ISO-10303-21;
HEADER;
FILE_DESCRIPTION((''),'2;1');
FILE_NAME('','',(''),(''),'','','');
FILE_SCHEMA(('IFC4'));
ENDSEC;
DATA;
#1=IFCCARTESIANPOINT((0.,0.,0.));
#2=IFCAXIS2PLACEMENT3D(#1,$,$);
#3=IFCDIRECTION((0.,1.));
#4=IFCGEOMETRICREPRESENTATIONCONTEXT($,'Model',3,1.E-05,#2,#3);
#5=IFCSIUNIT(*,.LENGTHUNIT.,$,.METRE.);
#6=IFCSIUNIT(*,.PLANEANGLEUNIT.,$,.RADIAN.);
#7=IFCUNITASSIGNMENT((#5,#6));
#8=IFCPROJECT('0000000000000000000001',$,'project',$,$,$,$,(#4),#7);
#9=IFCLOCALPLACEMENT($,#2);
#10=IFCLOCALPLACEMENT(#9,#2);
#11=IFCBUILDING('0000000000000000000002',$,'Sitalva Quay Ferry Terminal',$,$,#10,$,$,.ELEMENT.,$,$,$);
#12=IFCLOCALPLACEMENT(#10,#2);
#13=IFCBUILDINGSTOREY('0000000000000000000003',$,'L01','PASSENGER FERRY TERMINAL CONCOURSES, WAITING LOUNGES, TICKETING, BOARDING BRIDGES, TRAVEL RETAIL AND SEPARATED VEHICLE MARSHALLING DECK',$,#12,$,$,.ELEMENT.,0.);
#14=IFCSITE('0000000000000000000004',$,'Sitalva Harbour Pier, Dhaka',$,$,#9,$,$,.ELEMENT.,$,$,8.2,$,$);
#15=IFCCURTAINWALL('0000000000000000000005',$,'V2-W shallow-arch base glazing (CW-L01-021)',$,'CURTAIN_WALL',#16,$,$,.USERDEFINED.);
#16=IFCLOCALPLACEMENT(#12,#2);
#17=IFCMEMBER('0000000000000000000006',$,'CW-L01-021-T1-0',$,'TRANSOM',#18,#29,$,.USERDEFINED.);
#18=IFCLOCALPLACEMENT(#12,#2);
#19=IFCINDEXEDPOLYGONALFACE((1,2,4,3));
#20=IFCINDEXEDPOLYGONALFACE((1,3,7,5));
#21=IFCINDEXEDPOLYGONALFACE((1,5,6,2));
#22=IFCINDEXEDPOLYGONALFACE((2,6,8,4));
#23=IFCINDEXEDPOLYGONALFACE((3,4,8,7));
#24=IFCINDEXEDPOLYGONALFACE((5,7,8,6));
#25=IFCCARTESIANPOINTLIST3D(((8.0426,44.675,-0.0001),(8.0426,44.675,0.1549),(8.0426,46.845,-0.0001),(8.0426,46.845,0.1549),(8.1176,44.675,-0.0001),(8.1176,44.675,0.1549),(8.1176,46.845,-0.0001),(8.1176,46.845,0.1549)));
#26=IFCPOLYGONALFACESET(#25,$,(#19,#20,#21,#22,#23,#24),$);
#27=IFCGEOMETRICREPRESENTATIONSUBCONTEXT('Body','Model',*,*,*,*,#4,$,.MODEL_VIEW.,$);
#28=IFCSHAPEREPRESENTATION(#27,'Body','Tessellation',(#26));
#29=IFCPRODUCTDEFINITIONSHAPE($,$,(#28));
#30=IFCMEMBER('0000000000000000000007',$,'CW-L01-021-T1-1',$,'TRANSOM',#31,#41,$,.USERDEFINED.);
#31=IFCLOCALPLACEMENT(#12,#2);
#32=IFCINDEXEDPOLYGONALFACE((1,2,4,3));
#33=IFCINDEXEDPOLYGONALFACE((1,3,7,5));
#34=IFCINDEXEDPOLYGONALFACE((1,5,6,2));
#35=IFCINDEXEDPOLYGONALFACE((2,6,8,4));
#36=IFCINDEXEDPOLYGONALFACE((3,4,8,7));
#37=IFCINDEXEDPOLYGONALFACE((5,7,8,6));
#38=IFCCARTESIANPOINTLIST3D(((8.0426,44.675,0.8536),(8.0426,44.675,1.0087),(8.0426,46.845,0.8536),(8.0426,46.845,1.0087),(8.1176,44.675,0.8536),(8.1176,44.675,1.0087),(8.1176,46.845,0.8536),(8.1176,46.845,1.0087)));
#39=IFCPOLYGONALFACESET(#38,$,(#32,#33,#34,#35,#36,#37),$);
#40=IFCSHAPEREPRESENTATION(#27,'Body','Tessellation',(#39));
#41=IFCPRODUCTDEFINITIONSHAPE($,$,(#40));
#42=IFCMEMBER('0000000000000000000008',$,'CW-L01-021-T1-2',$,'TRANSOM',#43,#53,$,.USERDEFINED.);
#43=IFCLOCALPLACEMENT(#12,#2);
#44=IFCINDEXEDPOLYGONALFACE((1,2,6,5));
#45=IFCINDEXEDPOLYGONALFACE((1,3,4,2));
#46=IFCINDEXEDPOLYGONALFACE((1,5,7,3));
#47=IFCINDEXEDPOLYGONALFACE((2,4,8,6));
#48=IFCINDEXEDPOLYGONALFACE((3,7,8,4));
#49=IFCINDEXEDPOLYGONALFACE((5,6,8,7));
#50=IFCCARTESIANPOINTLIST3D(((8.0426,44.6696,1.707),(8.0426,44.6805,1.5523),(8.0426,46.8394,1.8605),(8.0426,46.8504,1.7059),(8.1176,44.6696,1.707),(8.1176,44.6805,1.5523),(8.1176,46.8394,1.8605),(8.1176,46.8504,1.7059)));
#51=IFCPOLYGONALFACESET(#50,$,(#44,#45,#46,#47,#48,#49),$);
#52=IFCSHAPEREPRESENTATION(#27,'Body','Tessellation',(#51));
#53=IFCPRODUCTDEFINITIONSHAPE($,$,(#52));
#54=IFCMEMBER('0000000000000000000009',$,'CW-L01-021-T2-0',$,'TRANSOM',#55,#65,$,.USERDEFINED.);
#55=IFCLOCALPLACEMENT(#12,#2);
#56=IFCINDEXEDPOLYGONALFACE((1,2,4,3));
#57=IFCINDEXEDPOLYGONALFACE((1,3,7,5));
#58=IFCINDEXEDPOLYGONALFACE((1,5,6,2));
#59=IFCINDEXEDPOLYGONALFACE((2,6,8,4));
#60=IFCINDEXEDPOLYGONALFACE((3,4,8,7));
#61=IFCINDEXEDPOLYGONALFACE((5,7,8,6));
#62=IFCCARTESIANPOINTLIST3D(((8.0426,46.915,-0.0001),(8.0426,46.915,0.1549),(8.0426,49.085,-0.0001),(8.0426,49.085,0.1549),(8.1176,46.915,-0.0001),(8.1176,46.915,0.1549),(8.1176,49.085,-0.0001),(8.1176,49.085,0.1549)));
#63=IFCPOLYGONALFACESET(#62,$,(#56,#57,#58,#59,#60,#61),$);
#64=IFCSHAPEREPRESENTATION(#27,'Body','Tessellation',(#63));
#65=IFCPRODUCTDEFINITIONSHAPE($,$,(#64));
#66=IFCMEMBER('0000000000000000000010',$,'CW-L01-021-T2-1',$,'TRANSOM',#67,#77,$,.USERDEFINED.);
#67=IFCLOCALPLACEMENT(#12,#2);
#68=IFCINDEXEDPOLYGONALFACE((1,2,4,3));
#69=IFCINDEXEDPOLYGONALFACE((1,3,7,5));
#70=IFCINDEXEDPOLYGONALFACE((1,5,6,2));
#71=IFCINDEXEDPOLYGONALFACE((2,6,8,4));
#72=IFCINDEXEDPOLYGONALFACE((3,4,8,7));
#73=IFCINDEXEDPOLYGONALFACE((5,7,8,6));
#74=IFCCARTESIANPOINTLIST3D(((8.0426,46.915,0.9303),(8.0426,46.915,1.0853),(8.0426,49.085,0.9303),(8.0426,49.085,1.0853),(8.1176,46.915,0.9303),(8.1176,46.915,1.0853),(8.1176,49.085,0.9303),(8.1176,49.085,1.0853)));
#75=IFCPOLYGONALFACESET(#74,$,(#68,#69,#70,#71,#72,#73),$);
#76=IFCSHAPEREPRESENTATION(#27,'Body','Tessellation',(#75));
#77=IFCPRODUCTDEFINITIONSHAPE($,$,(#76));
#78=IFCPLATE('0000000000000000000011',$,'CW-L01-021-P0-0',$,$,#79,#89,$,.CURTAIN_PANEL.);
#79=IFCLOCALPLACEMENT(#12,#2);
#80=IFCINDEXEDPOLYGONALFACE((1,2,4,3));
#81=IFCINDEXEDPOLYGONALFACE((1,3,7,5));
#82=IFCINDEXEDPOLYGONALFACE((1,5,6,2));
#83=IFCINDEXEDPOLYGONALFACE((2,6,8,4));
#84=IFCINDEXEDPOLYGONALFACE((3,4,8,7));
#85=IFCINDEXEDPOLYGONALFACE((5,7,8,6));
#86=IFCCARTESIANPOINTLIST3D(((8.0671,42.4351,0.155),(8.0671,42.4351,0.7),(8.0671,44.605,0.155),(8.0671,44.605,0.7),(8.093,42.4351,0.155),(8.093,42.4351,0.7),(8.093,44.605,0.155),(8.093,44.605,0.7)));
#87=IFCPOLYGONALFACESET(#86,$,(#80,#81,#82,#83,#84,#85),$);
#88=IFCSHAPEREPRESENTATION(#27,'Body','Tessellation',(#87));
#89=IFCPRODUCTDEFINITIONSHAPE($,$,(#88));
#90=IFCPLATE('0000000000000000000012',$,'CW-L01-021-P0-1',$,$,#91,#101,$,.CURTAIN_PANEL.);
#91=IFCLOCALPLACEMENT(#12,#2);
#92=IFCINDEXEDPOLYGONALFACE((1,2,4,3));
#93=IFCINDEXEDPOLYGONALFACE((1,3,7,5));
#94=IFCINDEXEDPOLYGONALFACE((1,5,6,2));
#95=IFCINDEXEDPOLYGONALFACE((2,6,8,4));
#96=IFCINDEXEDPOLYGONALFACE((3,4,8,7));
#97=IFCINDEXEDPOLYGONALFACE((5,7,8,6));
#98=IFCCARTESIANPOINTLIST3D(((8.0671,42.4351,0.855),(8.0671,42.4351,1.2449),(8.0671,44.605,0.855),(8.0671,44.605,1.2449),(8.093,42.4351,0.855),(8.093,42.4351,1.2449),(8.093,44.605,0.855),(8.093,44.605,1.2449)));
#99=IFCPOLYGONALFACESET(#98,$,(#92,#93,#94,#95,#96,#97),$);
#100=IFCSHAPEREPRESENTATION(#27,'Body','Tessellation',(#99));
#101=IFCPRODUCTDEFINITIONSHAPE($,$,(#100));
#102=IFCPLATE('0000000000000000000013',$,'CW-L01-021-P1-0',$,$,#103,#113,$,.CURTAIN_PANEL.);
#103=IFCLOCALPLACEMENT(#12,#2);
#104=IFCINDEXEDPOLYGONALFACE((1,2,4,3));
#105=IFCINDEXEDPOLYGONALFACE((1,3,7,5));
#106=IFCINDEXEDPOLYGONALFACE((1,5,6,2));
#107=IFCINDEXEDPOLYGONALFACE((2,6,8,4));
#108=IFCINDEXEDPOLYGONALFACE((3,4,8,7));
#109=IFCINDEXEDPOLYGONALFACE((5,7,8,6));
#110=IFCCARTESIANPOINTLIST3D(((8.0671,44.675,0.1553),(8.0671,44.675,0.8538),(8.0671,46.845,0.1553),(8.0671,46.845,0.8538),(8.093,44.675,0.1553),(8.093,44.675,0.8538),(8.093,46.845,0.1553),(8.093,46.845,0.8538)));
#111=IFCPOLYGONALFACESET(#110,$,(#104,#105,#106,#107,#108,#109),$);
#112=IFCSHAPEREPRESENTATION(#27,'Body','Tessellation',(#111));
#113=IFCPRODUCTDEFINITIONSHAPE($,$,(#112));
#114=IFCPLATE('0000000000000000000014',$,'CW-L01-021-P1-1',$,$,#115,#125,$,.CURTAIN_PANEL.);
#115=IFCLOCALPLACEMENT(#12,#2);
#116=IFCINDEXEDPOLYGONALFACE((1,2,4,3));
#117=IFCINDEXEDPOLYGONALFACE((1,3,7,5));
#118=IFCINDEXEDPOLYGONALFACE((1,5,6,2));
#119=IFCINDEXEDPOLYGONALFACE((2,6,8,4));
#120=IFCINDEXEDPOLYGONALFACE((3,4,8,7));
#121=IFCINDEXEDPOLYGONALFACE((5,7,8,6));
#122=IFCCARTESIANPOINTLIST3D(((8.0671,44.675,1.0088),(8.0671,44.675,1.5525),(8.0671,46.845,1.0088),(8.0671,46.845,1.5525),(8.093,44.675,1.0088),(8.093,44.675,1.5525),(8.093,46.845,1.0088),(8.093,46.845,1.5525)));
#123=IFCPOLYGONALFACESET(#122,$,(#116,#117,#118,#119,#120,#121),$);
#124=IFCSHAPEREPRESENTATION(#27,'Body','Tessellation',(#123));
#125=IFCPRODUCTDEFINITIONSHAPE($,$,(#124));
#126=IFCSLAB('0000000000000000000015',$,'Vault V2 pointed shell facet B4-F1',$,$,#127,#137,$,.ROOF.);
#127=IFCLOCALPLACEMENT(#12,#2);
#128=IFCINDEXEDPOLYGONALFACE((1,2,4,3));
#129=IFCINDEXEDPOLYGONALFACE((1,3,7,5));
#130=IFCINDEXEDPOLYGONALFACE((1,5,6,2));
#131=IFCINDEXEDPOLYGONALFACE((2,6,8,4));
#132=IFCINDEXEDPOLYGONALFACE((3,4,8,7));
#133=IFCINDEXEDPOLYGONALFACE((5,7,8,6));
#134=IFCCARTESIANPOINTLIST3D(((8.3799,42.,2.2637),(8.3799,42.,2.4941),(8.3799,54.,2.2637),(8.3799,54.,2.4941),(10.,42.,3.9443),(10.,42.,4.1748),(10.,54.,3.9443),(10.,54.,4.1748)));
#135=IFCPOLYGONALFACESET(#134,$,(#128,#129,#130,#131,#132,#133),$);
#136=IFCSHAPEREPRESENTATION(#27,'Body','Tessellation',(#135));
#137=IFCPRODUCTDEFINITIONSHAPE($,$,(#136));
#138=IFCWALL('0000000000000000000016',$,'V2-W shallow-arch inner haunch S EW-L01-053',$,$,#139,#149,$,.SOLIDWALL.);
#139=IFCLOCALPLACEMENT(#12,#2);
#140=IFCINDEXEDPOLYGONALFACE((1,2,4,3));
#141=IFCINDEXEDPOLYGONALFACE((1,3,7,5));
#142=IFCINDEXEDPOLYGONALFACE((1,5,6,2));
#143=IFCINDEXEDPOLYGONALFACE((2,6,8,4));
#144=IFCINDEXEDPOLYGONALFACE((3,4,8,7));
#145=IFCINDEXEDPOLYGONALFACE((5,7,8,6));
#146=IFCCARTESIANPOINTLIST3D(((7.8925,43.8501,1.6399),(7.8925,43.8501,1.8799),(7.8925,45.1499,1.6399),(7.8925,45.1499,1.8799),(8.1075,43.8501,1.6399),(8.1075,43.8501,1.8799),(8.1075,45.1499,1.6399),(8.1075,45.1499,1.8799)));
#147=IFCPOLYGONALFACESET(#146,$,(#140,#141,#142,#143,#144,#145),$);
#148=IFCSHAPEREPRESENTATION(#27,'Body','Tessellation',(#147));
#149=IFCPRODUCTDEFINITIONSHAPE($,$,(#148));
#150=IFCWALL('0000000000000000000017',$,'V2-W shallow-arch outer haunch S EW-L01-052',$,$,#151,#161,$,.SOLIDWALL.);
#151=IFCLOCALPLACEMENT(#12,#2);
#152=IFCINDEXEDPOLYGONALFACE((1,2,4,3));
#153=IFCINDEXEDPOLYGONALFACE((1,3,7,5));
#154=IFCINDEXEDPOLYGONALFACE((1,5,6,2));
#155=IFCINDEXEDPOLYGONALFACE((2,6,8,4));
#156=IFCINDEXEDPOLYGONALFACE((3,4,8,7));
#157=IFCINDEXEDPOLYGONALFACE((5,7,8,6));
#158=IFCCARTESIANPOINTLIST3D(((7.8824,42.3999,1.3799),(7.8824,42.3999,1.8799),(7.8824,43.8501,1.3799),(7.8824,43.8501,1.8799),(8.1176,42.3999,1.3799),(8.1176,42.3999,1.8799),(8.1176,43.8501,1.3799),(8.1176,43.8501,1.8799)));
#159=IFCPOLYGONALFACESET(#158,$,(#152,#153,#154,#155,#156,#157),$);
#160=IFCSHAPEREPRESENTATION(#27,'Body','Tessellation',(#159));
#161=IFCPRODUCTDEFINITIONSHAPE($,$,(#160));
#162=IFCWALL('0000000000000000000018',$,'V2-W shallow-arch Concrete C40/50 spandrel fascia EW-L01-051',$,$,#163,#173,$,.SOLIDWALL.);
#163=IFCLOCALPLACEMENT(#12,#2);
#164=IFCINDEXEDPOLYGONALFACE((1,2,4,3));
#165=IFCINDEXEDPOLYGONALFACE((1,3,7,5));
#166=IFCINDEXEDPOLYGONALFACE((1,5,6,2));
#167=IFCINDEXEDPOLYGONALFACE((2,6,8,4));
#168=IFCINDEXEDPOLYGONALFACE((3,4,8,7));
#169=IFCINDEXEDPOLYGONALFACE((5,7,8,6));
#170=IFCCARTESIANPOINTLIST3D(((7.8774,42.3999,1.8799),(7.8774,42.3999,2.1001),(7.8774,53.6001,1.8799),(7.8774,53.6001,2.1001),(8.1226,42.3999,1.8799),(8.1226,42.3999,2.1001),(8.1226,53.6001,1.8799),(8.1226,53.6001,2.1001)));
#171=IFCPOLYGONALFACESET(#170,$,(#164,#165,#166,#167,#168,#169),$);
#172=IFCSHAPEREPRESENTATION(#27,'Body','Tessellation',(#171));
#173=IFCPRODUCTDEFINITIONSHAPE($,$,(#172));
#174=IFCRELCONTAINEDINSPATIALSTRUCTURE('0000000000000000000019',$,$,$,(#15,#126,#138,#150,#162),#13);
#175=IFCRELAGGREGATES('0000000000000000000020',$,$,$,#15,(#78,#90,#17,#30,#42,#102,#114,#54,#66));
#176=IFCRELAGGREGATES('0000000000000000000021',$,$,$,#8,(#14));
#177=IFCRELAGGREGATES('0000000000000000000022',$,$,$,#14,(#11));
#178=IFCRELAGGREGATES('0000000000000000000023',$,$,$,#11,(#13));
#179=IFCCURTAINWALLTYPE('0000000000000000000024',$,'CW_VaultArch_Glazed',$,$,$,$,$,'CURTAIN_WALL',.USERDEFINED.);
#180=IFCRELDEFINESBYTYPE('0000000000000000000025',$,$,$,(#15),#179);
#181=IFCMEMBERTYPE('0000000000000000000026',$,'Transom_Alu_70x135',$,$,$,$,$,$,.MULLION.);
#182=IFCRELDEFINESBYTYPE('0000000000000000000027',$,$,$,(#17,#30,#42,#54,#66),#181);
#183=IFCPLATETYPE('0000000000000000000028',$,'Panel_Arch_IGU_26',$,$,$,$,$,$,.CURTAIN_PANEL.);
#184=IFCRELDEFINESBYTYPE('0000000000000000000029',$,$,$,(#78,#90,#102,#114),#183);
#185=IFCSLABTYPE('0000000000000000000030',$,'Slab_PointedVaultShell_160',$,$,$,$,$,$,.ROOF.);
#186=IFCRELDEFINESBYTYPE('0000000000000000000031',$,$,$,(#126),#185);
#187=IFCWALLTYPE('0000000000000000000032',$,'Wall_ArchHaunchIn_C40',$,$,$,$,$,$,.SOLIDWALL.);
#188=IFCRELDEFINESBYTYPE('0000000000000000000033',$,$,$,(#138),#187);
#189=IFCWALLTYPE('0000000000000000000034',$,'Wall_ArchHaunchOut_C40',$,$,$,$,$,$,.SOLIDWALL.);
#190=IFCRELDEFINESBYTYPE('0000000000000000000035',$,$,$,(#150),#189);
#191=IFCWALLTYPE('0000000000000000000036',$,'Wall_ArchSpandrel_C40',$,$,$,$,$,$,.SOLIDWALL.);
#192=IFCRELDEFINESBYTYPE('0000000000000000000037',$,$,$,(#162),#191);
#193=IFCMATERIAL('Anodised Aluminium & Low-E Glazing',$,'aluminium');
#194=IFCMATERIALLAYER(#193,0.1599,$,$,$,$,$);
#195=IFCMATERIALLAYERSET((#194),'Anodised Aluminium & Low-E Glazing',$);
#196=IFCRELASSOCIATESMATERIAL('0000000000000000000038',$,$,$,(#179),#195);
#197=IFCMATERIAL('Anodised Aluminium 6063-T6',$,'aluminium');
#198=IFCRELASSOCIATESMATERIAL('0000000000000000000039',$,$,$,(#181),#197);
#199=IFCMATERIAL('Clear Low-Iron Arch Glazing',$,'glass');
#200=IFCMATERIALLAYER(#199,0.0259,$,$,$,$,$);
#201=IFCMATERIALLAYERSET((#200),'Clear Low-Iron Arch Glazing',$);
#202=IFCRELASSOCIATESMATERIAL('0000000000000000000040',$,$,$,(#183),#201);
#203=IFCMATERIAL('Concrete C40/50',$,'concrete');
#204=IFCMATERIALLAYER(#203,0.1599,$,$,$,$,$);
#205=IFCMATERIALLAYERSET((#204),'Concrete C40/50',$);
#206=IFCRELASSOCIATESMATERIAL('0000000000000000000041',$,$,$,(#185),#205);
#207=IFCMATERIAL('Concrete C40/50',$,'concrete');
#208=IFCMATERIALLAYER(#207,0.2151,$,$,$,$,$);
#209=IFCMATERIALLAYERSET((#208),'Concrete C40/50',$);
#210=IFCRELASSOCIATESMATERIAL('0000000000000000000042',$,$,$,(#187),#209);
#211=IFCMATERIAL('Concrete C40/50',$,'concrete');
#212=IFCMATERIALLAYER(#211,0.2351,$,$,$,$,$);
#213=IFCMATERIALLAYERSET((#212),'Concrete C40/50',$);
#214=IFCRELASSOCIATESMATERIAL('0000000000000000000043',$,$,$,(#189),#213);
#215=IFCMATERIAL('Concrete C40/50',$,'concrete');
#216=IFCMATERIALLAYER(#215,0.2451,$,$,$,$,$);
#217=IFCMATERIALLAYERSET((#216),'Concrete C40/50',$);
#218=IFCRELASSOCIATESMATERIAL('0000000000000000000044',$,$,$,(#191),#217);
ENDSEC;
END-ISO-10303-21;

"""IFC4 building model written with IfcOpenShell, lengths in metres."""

from ifc_helpers import new_model, si_unit, direction, frame, frame_2d, origin, origin_2d, place, context, subcontext, project, spatial, polyline, rectangle, outline, extrude, material, layer, layer_set, material_profile, profile_set, type_object, element, aggregate, save


model = new_model("IFC4")

# Units and contexts
model_context = context("Model", 3, precision=1e-05, world=origin(), true_north=direction((0.0, 1.0)))
body_context = subcontext(model_context, "Body", "Model", "MODEL_VIEW")
ifc_project = project(units=[si_unit("LENGTHUNIT", "METRE"), si_unit("PLANEANGLEUNIT", "RADIAN")], contexts=[model_context])

# Site, building, storey
site_placement = place(None, origin())
site = spatial("IfcSite", under=ifc_project, at=site_placement, Name="Sitalva Harbour Pier, Dhaka", CompositionType="ELEMENT", RefElevation=8.2)
building_placement = place(site_placement, origin())
building = spatial("IfcBuilding", under=site, at=building_placement, Name="Sitalva Quay Ferry Terminal", CompositionType="ELEMENT")
storey_placement = place(building_placement, origin())
storey = spatial("IfcBuildingStorey", under=building, at=storey_placement, Name="L01", Description="PASSENGER FERRY TERMINAL CONCOURSES, WAITING LOUNGES, TICKETING, BOARDING BRIDGES, TRAVEL RETAIL AND SEPARATED VEHICLE MARSHALLING DECK", CompositionType="ELEMENT", Elevation=0.0)

# Curtain wall, members, plates
ifc_material_1 = material(Name="Anodised Aluminium & Low-E Glazing", Category="aluminium")
ifc_layer_1 = layer(ifc_material_1, 0.1599)
ifc_layer_set_1 = layer_set([ifc_layer_1], Name="Anodised Aluminium & Low-E Glazing")
curtain_wall_type = type_object("IfcCurtainWallType", Name="CW_VaultArch_Glazed", ElementType="CURTAIN_WALL", PredefinedType="USERDEFINED", material=ifc_layer_set_1)
curtain_wall_placement = place(storey_placement, origin())
curtain_wall = element("IfcCurtainWall", 1, at=curtain_wall_placement, inside=storey, type_object=curtain_wall_type, Name="V2-W shallow-arch base glazing (CW-L01-021)", ObjectType="CURTAIN_WALL", PredefinedType="USERDEFINED")
ifc_material_2 = material(Name="Anodised Aluminium 6063-T6", Category="aluminium")
ifc_material_profile_1 = material_profile(ifc_material_2, rectangle(XDim=0.075, YDim=0.155, at=origin_2d()), Name="ALU75x155")
ifc_profile_set_1 = profile_set([ifc_material_profile_1], Name="Anodised Aluminium 6063-T6")
member_type_1 = type_object("IfcMemberType", Name="Transom_Alu_70x135", PredefinedType="MULLION", material=ifc_profile_set_1)
member_1_placement = place(storey_placement, frame((8.0801, 44.675, 0.0774), z_axis=(0.0, 1.0, 0.0), x_axis=(-1.0, 0.0, 0.0)))
member_1 = element("IfcMember", 2, at=member_1_placement, type_object=member_type_1, Name="CW-L01-021-T1-0", ObjectType="TRANSOM", PredefinedType="USERDEFINED", context=body_context, shape_type="SweptSolid", body=[
    extrude(rectangle(XDim=0.075, YDim=0.155, at=origin_2d()), origin(), (0.0, 0.0, 1.0), 2.1699),
])
member_2_placement = place(storey_placement, frame((8.0801, 44.675, 0.9312), z_axis=(0.0, 1.0, 0.0), x_axis=(-1.0, 0.0, 0.0)))
member_2 = element("IfcMember", 3, at=member_2_placement, type_object=member_type_1, Name="CW-L01-021-T1-1", ObjectType="TRANSOM", PredefinedType="USERDEFINED", context=body_context, shape_type="SweptSolid", body=[
    extrude(rectangle(XDim=0.075, YDim=0.155, at=origin_2d()), origin(), (0.0, 0.0, 1.0), 2.1699),
])
member_3_placement = place(storey_placement, frame((8.0801, 44.675, 1.6296), z_axis=(0.0, 0.997505, 0.070593), x_axis=(-1.0, 0.0, 0.0)))
member_3 = element("IfcMember", 4, at=member_3_placement, type_object=member_type_1, Name="CW-L01-021-T1-2", ObjectType="TRANSOM", PredefinedType="USERDEFINED", context=body_context, shape_type="SweptSolid", body=[
    extrude(rectangle(XDim=0.075, YDim=0.155, at=origin_2d()), origin(), (0.0, 0.0, 1.0), 2.1753),
])
member_4_placement = place(storey_placement, frame((8.0801, 46.915, 0.0774), z_axis=(0.0, 1.0, 0.0), x_axis=(-1.0, 0.0, 0.0)))
member_4 = element("IfcMember", 5, at=member_4_placement, type_object=member_type_1, Name="CW-L01-021-T2-0", ObjectType="TRANSOM", PredefinedType="USERDEFINED", context=body_context, shape_type="SweptSolid", body=[
    extrude(rectangle(XDim=0.075, YDim=0.155, at=origin_2d()), origin(), (0.0, 0.0, 1.0), 2.1699),
])
member_5_placement = place(storey_placement, frame((8.0801, 46.915, 1.0078), z_axis=(0.0, 1.0, 0.0), x_axis=(-1.0, 0.0, 0.0)))
member_5 = element("IfcMember", 6, at=member_5_placement, type_object=member_type_1, Name="CW-L01-021-T2-1", ObjectType="TRANSOM", PredefinedType="USERDEFINED", context=body_context, shape_type="SweptSolid", body=[
    extrude(rectangle(XDim=0.075, YDim=0.155, at=origin_2d()), origin(), (0.0, 0.0, 1.0), 2.1699),
])
ifc_material_3 = material(Name="Clear Low-Iron Arch Glazing", Category="glass")
ifc_layer_2 = layer(ifc_material_3, 0.0259)
ifc_layer_set_2 = layer_set([ifc_layer_2], Name="Clear Low-Iron Arch Glazing")
plate_type = type_object("IfcPlateType", Name="Panel_Arch_IGU_26", PredefinedType="CURTAIN_PANEL", material=ifc_layer_set_2)
plate_1_placement = place(storey_placement, frame((8.0801, 43.52, 0.155), z_axis=(0.0, 0.0, 1.0), x_axis=(0.0, 1.0, 0.0)))
plate_1 = element("IfcPlate", 7, at=plate_1_placement, type_object=plate_type, Name="CW-L01-021-P0-0", PredefinedType="CURTAIN_PANEL", context=body_context, shape_type="SweptSolid", body=[
    extrude(rectangle(XDim=2.1699, YDim=0.0259, at=origin_2d()), origin(), (0.0, 0.0, 1.0), 0.5449),
])
plate_2_placement = place(storey_placement, frame((8.0801, 43.52, 0.855), z_axis=(0.0, 0.0, 1.0), x_axis=(0.0, 1.0, 0.0)))
plate_2 = element("IfcPlate", 8, at=plate_2_placement, type_object=plate_type, Name="CW-L01-021-P0-1", PredefinedType="CURTAIN_PANEL", context=body_context, shape_type="SweptSolid", body=[
    extrude(rectangle(XDim=2.1699, YDim=0.0259, at=origin_2d()), origin(), (0.0, 0.0, 1.0), 0.3899),
])
plate_3_placement = place(storey_placement, frame((8.0801, 45.76, 0.1553), z_axis=(0.0, 0.0, 1.0), x_axis=(0.0, 1.0, 0.0)))
plate_3 = element("IfcPlate", 9, at=plate_3_placement, type_object=plate_type, Name="CW-L01-021-P1-0", PredefinedType="CURTAIN_PANEL", context=body_context, shape_type="SweptSolid", body=[
    extrude(rectangle(XDim=2.1699, YDim=0.0259, at=origin_2d()), origin(), (0.0, 0.0, 1.0), 0.6985),
])
plate_4_placement = place(storey_placement, frame((8.0801, 45.76, 1.0088), z_axis=(0.0, 0.0, 1.0), x_axis=(0.0, 1.0, 0.0)))
plate_4 = element("IfcPlate", 10, at=plate_4_placement, type_object=plate_type, Name="CW-L01-021-P1-1", PredefinedType="CURTAIN_PANEL", context=body_context, shape_type="SweptSolid", body=[
    extrude(rectangle(XDim=2.1699, YDim=0.0259, at=origin_2d()), origin(), (0.0, 0.0, 1.0), 0.5437),
])
aggregate(curtain_wall, [plate_1, plate_2, member_1, member_2, member_3, plate_3, plate_4, member_4, member_5])

# Slab
ifc_material_4 = material(Name="Concrete C40/50", Category="concrete")
ifc_layer_3 = layer(ifc_material_4, 0.1599)
ifc_layer_set_3 = layer_set([ifc_layer_3], Name="Concrete C40/50")
slab_type = type_object("IfcSlabType", Name="Slab_PointedVaultShell_160", PredefinedType="ROOF", material=ifc_layer_set_3)
slab_placement = place(storey_placement, frame((8.3799, 42.0, 2.4941), z_axis=(-0.719956, 0.0, 0.694019), x_axis=(0.694019, 0.0, 0.719956)))
element("IfcSlab", 11, at=slab_placement, inside=storey, type_object=slab_type, Name="Vault V2 pointed shell facet B4-F1", PredefinedType="ROOF", context=body_context, shape_type="SweptSolid", body=[
    extrude(outline(polyline([(0.0, 0.0), (2.3344, 0.0), (2.3344, 12.0), (0.0, 12.0), (0.0, 0.0)])), origin(), (-0.719956, 0.0, -0.694019), 0.2305),
])

# Walls
ifc_material_5 = material(Name="Concrete C40/50", Category="concrete")
ifc_layer_4 = layer(ifc_material_5, 0.2151)
ifc_layer_set_4 = layer_set([ifc_layer_4], Name="Concrete C40/50")
wall_type_1 = type_object("IfcWallType", Name="Wall_ArchHaunchIn_C40", PredefinedType="SOLIDWALL", material=ifc_layer_set_4)
wall_1_placement = place(storey_placement, frame((8.0, 43.8501, 1.6399), z_axis=(0.0, 0.0, 1.0), x_axis=(0.0, 1.0, 0.0)))
element("IfcWall", 12, at=wall_1_placement, inside=storey, type_object=wall_type_1, Name="V2-W shallow-arch inner haunch S EW-L01-053", PredefinedType="SOLIDWALL", context=body_context, shape_type="SweptSolid", body=[
    extrude(rectangle(XDim=1.2998, YDim=0.2151, at=frame_2d((0.6499, 0.0))), origin(), (0.0, 0.0, 1.0), 0.24),
])
ifc_material_6 = material(Name="Concrete C40/50", Category="concrete")
ifc_layer_5 = layer(ifc_material_6, 0.2351)
ifc_layer_set_5 = layer_set([ifc_layer_5], Name="Concrete C40/50")
wall_type_2 = type_object("IfcWallType", Name="Wall_ArchHaunchOut_C40", PredefinedType="SOLIDWALL", material=ifc_layer_set_5)
wall_2_placement = place(storey_placement, frame((8.0, 42.3999, 1.3799), z_axis=(0.0, 0.0, 1.0), x_axis=(0.0, 1.0, 0.0)))
element("IfcWall", 13, at=wall_2_placement, inside=storey, type_object=wall_type_2, Name="V2-W shallow-arch outer haunch S EW-L01-052", PredefinedType="SOLIDWALL", context=body_context, shape_type="SweptSolid", body=[
    extrude(rectangle(XDim=1.4502, YDim=0.2351, at=frame_2d((0.7251, 0.0))), origin(), (0.0, 0.0, 1.0), 0.5),
])
ifc_material_7 = material(Name="Concrete C40/50", Category="concrete")
ifc_layer_6 = layer(ifc_material_7, 0.2451)
ifc_layer_set_6 = layer_set([ifc_layer_6], Name="Concrete C40/50")
wall_type_3 = type_object("IfcWallType", Name="Wall_ArchSpandrel_C40", PredefinedType="SOLIDWALL", material=ifc_layer_set_6)
wall_3_placement = place(storey_placement, frame((8.0, 42.3999, 1.8799), z_axis=(0.0, 0.0, 1.0), x_axis=(0.0, 1.0, 0.0)))
element("IfcWall", 14, at=wall_3_placement, inside=storey, type_object=wall_type_3, Name="V2-W shallow-arch Concrete C40/50 spandrel fascia EW-L01-051", PredefinedType="SOLIDWALL", context=body_context, shape_type="SweptSolid", body=[
    extrude(rectangle(XDim=11.2002, YDim=0.2451, at=frame_2d((5.6001, 0.0))), origin(), (0.0, 0.0, 1.0), 0.2202),
])

save(model, "model.ifc")
